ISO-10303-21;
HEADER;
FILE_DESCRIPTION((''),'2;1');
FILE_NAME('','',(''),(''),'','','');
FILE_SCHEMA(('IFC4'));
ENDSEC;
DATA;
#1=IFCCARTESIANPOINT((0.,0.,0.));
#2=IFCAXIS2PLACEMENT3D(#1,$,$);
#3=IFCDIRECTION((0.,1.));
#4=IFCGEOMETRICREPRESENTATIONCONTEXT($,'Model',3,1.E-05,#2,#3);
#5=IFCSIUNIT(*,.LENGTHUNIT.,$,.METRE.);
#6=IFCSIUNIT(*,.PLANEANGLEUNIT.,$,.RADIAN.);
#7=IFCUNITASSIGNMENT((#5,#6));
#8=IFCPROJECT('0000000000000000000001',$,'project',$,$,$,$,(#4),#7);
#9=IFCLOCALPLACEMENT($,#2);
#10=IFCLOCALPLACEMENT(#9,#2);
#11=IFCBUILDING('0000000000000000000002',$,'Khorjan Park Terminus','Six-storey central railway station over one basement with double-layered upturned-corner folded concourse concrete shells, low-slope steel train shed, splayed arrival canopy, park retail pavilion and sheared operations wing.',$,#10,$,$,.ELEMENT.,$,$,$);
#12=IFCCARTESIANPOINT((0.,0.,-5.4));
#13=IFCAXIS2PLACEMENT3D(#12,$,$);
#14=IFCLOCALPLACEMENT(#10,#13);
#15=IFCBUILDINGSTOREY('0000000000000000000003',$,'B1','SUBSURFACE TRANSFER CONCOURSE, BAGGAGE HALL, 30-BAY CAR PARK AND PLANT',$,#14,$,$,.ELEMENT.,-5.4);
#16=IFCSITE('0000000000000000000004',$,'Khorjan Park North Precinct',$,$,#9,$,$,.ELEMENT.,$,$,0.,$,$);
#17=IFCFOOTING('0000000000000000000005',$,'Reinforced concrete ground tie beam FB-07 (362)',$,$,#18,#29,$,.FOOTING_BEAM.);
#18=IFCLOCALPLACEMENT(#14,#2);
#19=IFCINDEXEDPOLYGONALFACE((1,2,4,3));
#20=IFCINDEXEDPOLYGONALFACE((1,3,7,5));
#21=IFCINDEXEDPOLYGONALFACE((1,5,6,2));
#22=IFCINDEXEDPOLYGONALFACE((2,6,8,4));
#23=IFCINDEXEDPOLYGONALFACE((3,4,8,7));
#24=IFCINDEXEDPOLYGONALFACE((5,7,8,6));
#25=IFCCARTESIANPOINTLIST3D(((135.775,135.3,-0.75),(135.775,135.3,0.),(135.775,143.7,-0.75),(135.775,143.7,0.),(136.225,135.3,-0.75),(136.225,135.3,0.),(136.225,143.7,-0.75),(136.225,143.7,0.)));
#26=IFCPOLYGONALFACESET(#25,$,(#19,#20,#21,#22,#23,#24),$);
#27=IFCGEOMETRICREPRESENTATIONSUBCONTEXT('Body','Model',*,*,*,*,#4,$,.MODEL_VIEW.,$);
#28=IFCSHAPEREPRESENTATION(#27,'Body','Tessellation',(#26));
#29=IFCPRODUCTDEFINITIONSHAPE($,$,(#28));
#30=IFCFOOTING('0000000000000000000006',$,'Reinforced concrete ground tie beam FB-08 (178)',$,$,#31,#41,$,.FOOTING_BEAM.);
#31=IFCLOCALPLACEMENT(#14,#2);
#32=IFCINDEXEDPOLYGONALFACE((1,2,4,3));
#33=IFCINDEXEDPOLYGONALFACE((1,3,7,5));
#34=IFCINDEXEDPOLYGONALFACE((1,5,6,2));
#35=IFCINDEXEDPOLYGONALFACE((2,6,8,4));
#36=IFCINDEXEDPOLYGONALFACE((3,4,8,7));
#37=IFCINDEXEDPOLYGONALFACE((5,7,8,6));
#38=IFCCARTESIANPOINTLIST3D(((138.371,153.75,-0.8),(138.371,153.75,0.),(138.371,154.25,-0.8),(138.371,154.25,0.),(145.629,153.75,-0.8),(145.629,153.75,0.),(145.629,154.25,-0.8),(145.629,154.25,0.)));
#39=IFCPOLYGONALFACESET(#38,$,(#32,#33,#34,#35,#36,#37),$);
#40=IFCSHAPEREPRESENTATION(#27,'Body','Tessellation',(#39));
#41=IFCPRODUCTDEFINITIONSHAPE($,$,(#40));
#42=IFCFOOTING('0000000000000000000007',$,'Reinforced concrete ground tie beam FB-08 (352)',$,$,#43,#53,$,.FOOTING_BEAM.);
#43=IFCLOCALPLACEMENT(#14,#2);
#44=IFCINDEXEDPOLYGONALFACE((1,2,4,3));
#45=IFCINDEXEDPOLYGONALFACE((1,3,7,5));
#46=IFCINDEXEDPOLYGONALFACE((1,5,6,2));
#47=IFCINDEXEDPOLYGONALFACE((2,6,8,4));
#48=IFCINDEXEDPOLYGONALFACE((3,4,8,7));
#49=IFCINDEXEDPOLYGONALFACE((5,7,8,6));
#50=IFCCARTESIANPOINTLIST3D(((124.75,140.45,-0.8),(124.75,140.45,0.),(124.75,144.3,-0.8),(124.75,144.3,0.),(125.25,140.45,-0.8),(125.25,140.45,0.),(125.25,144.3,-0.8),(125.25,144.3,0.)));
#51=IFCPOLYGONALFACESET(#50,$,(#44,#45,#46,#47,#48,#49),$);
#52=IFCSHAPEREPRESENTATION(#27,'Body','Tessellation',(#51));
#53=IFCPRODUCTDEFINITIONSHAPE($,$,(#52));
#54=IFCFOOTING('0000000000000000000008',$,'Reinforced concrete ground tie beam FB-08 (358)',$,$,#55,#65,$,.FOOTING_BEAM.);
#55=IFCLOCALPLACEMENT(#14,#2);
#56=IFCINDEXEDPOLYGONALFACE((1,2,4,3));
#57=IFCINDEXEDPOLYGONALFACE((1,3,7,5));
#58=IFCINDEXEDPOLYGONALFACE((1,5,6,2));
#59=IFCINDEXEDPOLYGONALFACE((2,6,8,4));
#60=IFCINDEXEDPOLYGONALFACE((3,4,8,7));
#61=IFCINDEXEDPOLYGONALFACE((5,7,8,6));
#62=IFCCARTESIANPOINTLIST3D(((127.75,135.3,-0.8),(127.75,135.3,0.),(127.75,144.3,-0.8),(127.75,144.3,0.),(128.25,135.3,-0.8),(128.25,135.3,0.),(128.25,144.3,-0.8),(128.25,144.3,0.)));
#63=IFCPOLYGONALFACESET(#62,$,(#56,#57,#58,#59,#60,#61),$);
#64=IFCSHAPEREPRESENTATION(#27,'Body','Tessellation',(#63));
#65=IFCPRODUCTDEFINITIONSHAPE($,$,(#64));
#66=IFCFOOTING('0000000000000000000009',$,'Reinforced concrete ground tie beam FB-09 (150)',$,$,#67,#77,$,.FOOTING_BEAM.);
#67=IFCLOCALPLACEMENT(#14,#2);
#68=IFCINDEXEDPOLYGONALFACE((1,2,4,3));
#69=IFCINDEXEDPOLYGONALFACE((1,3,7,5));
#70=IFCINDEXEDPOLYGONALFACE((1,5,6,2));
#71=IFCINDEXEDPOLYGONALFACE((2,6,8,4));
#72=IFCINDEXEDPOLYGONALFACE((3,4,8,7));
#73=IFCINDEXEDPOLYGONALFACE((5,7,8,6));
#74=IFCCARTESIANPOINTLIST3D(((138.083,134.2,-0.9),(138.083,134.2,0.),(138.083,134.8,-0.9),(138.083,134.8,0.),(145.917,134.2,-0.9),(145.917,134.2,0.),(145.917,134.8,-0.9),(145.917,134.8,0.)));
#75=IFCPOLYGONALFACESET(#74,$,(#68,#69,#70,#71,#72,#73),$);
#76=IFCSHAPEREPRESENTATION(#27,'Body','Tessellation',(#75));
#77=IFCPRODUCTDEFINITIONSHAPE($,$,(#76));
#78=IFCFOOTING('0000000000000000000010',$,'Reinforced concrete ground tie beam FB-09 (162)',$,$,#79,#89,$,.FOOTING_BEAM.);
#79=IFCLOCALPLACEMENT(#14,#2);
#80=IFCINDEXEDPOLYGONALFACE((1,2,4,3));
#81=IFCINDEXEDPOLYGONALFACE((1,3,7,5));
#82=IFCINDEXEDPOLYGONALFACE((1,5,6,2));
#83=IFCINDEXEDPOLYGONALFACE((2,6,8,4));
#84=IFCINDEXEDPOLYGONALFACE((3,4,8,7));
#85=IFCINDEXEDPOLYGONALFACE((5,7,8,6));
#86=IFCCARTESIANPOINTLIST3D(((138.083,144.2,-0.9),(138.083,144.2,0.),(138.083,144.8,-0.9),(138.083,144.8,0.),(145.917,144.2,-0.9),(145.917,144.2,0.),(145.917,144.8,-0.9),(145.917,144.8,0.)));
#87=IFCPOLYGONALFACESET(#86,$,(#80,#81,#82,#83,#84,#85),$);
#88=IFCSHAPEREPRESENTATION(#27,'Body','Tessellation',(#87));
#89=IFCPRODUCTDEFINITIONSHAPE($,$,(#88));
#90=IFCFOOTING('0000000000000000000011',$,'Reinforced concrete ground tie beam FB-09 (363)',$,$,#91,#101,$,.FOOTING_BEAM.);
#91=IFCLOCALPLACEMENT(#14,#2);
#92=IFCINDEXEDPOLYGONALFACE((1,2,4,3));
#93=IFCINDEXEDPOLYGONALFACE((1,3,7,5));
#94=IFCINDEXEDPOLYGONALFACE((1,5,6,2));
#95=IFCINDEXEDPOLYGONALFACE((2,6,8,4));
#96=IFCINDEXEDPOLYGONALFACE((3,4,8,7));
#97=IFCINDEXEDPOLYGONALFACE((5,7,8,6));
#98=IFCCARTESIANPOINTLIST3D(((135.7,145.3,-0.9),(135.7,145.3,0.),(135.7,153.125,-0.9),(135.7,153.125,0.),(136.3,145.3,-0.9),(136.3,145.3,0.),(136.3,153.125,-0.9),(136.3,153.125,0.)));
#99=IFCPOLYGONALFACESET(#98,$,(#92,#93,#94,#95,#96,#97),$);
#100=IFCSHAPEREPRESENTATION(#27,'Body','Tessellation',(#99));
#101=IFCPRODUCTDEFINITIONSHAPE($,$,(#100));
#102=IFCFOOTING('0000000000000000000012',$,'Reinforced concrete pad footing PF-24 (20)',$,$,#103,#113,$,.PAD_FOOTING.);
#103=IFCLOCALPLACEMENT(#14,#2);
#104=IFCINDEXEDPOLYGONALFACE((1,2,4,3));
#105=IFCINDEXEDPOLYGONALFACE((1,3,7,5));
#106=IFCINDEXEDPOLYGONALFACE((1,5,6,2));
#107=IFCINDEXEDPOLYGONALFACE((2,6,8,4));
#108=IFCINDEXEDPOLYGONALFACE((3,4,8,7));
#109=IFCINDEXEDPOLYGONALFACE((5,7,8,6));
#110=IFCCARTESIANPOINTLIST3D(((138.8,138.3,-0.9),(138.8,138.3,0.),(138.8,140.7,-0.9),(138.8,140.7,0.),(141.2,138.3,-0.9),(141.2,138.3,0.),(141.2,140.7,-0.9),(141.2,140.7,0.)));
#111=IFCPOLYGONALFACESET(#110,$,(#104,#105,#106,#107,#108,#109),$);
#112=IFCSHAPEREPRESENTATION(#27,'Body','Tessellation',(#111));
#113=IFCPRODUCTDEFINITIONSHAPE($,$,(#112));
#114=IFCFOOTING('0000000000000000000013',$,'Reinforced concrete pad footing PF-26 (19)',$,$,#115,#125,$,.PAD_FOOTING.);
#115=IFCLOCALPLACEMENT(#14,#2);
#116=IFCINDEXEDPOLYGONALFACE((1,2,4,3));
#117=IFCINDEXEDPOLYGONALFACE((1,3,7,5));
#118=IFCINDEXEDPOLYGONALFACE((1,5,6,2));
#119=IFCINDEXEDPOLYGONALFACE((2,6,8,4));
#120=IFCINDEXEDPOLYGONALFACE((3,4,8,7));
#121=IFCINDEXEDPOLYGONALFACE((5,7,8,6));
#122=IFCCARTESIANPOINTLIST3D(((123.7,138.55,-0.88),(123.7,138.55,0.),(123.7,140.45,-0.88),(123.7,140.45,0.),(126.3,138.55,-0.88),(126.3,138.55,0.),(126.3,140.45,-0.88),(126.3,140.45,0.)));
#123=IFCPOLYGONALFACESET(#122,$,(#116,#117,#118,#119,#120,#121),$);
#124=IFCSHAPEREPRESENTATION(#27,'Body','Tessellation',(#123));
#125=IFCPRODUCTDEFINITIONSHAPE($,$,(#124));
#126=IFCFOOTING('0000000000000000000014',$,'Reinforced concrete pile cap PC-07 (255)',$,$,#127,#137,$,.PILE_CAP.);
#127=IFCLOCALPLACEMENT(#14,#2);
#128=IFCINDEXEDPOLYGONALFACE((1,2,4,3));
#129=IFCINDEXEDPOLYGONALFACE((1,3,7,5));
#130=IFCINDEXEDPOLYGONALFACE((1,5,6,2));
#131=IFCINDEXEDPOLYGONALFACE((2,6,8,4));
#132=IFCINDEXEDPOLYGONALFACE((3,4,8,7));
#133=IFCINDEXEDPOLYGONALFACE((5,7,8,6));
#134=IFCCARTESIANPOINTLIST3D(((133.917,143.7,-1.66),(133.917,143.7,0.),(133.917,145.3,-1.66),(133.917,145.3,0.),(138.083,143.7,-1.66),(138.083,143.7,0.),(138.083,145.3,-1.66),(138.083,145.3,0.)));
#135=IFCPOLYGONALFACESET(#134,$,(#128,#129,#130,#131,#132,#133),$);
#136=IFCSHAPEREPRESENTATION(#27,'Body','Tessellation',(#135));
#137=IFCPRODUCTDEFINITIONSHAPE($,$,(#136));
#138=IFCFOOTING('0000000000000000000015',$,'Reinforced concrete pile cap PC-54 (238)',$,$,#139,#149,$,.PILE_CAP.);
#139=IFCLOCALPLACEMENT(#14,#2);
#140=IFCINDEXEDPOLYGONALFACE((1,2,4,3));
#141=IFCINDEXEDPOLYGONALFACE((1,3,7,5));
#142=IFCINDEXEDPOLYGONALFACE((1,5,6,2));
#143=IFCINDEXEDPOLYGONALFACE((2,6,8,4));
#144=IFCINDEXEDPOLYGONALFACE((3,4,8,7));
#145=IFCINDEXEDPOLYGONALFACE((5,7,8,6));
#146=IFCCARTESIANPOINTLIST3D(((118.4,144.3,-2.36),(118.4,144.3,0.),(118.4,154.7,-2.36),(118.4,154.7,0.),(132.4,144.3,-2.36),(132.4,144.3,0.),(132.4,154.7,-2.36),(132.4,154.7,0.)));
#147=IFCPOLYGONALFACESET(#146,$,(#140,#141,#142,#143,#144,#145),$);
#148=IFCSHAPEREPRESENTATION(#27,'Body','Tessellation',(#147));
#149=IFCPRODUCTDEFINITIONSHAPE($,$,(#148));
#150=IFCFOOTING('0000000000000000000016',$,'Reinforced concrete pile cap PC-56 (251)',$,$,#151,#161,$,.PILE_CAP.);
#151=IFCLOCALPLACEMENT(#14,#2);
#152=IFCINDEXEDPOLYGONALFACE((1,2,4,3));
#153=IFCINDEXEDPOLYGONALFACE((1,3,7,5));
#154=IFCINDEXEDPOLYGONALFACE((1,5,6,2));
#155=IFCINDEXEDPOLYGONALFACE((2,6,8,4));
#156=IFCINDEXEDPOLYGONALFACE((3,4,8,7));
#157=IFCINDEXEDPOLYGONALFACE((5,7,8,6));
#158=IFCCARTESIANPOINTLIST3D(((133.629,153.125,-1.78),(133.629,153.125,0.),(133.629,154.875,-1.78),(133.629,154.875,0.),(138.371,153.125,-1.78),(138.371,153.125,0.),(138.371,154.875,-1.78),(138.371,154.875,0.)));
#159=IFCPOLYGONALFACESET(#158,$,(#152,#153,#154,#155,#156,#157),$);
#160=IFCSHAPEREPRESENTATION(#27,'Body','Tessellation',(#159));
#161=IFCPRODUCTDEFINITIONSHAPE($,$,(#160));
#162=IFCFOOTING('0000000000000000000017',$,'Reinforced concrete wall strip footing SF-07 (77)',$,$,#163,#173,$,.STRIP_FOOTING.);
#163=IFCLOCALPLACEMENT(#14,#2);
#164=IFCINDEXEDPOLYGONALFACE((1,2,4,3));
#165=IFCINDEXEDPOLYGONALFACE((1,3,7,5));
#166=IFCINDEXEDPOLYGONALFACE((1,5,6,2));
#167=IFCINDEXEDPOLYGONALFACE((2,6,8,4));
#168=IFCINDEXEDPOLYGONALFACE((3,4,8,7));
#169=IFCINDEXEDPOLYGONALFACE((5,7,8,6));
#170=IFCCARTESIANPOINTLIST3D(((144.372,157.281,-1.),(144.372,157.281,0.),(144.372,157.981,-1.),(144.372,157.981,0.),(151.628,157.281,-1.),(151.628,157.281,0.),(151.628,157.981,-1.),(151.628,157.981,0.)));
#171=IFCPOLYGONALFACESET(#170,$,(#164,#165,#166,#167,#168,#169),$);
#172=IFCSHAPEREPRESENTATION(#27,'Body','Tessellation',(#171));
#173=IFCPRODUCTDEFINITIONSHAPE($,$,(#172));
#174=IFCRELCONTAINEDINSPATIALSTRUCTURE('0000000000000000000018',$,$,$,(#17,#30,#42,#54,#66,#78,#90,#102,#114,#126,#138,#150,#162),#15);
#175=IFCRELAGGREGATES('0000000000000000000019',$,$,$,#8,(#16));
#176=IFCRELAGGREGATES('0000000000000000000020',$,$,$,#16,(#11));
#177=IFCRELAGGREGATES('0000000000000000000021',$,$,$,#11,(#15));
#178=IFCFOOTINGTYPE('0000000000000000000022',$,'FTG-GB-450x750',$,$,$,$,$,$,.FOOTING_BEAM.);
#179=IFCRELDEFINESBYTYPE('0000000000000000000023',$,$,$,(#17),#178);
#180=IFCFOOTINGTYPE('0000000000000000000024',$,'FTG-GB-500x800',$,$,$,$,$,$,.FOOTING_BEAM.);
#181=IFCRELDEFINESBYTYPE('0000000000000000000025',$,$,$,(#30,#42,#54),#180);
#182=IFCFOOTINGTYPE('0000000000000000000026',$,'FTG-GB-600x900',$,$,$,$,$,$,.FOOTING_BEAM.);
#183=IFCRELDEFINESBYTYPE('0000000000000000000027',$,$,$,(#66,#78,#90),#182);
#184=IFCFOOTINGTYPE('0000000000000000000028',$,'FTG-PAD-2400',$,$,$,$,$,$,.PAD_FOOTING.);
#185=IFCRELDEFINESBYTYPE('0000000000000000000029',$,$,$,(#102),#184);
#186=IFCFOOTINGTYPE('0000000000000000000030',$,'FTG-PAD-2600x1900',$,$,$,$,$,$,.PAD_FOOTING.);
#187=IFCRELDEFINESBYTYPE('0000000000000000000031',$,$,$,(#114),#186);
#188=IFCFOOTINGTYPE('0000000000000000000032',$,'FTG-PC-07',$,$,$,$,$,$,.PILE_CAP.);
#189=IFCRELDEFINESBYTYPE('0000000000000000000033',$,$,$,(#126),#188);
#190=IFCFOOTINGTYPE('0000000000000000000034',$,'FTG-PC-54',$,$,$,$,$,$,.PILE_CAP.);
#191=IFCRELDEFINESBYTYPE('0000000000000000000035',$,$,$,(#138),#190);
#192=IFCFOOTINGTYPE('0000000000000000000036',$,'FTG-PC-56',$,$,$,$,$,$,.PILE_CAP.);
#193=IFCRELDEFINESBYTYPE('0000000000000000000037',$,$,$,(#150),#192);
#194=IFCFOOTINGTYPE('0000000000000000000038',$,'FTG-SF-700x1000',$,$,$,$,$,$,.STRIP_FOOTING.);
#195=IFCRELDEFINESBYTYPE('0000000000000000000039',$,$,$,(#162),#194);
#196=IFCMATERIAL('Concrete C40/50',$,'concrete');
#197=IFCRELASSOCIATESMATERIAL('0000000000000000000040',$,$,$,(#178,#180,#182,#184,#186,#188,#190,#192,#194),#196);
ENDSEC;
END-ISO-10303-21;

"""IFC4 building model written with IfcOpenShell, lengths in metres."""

from ifc_helpers import new_model, si_unit, direction, frame, origin, origin_2d, place, context, subcontext, project, spatial, rectangle, extrude, material, material_profile, profile_set, type_object, element, save


model = new_model("IFC4")

# Units and contexts
model_context = context("Model", 3, precision=1e-05, world=origin(), true_north=direction((0.0, 1.0)))
body_context = subcontext(model_context, "Body", "Model", "MODEL_VIEW")
ifc_project = project(units=[si_unit("LENGTHUNIT", "METRE"), si_unit("PLANEANGLEUNIT", "RADIAN")], contexts=[model_context])

# Site, building, storey
site_placement = place(None, origin())
site = spatial("IfcSite", under=ifc_project, at=site_placement, Name="Khorjan Park North Precinct", CompositionType="ELEMENT", RefElevation=0.0)
building_placement = place(site_placement, origin())
building = spatial("IfcBuilding", under=site, at=building_placement, Name="Khorjan Park Terminus", Description="Six-storey central railway station over one basement with double-layered upturned-corner folded concourse concrete shells, low-slope steel train shed, splayed arrival canopy, park retail pavilion and sheared operations wing.", CompositionType="ELEMENT")
storey_placement = place(building_placement, frame((0.0, 0.0, -5.4)))
storey = spatial("IfcBuildingStorey", under=building, at=storey_placement, Name="B1", Description="SUBSURFACE TRANSFER CONCOURSE, BAGGAGE HALL, 30-BAY CAR PARK AND PLANT", CompositionType="ELEMENT", Elevation=-5.4)

# Footings
ifc_material_1 = material(Name="Concrete C40/50", Category="concrete")
ifc_material_profile_1 = material_profile(ifc_material_1, rectangle(XDim=0.45, YDim=0.75, at=origin_2d()), Name="RC 450x750")
ifc_profile_set_1 = profile_set([ifc_material_profile_1], Name="Concrete C40/50")
footing_type_1 = type_object("IfcFootingType", Name="FTG-GB-450x750", PredefinedType="FOOTING_BEAM", material=ifc_profile_set_1)
footing_1_placement = place(storey_placement, frame((136.0, 135.3, -0.375), z_axis=(0.0, 1.0, 0.0), x_axis=(-1.0, 0.0, 0.0)))
element("IfcFooting", 1, at=footing_1_placement, inside=storey, type_object=footing_type_1, Name="Reinforced concrete ground tie beam FB-07 (362)", PredefinedType="FOOTING_BEAM", context=body_context, shape_type="SweptSolid", body=[
    extrude(rectangle(XDim=0.45, YDim=0.75, at=origin_2d()), origin(), (0.0, 0.0, 1.0), 8.4),
])
ifc_material_profile_2 = material_profile(ifc_material_1, rectangle(XDim=0.5, YDim=0.8, at=origin_2d()), Name="RC 500x800")
ifc_profile_set_2 = profile_set([ifc_material_profile_2], Name="Concrete C40/50")
footing_type_2 = type_object("IfcFootingType", Name="FTG-GB-500x800", PredefinedType="FOOTING_BEAM", material=ifc_profile_set_2)
footing_2_placement = place(storey_placement, frame((138.371, 154.0, -0.4), z_axis=(1.0, 0.0, 0.0), x_axis=(0.0, 1.0, 0.0)))
element("IfcFooting", 2, at=footing_2_placement, inside=storey, type_object=footing_type_2, Name="Reinforced concrete ground tie beam FB-08 (178)", PredefinedType="FOOTING_BEAM", context=body_context, shape_type="SweptSolid", body=[
    extrude(rectangle(XDim=0.5, YDim=0.8, at=origin_2d()), origin(), (0.0, 0.0, 1.0), 7.258),
])
footing_3_placement = place(storey_placement, frame((125.0, 140.45, -0.4), z_axis=(0.0, 1.0, 0.0), x_axis=(-1.0, 0.0, 0.0)))
element("IfcFooting", 3, at=footing_3_placement, inside=storey, type_object=footing_type_2, Name="Reinforced concrete ground tie beam FB-08 (352)", PredefinedType="FOOTING_BEAM", context=body_context, shape_type="SweptSolid", body=[
    extrude(rectangle(XDim=0.5, YDim=0.8, at=origin_2d()), origin(), (0.0, 0.0, 1.0), 3.85),
])
footing_4_placement = place(storey_placement, frame((128.0, 135.3, -0.4), z_axis=(0.0, 1.0, 0.0), x_axis=(-1.0, 0.0, 0.0)))
element("IfcFooting", 4, at=footing_4_placement, inside=storey, type_object=footing_type_2, Name="Reinforced concrete ground tie beam FB-08 (358)", PredefinedType="FOOTING_BEAM", context=body_context, shape_type="SweptSolid", body=[
    extrude(rectangle(XDim=0.5, YDim=0.8, at=origin_2d()), origin(), (0.0, 0.0, 1.0), 9.0),
])
ifc_material_profile_3 = material_profile(ifc_material_1, rectangle(XDim=0.6, YDim=0.9, at=origin_2d()), Name="RC 600x900")
ifc_profile_set_3 = profile_set([ifc_material_profile_3], Name="Concrete C40/50")
footing_type_3 = type_object("IfcFootingType", Name="FTG-GB-600x900", PredefinedType="FOOTING_BEAM", material=ifc_profile_set_3)
for number, where, z_axis, x_axis, name in (
    (5, (138.083, 134.5, -0.45), (1.0, 0.0, 0.0), (0.0, 1.0, 0.0), "Reinforced concrete ground tie beam FB-09 (150)"),
    (6, (138.083, 144.5, -0.45), (1.0, 0.0, 0.0), (0.0, 1.0, 0.0), "Reinforced concrete ground tie beam FB-09 (162)"),
):
    element("IfcFooting", number, at=place(storey_placement, frame(where, z_axis=z_axis, x_axis=x_axis)), inside=storey, type_object=footing_type_3, Name=name, PredefinedType="FOOTING_BEAM", context=body_context, shape_type="SweptSolid", body=[
        extrude(rectangle(XDim=0.6, YDim=0.9, at=origin_2d()), origin(), (0.0, 0.0, 1.0), 7.834),
    ])
footing_5_placement = place(storey_placement, frame((136.0, 145.3, -0.45), z_axis=(0.0, 1.0, 0.0), x_axis=(-1.0, 0.0, 0.0)))
element("IfcFooting", 7, at=footing_5_placement, inside=storey, type_object=footing_type_3, Name="Reinforced concrete ground tie beam FB-09 (363)", PredefinedType="FOOTING_BEAM", context=body_context, shape_type="SweptSolid", body=[
    extrude(rectangle(XDim=0.6, YDim=0.9, at=origin_2d()), origin(), (0.0, 0.0, 1.0), 7.825),
])
footing_type_4 = type_object("IfcFootingType", Name="FTG-PAD-2400", PredefinedType="PAD_FOOTING", material=ifc_material_1)
footing_6_placement = place(storey_placement, frame((140.0, 139.5, -0.9), z_axis=(0.0, 0.0, 1.0), x_axis=(1.0, 0.0, 0.0)))
element("IfcFooting", 8, at=footing_6_placement, inside=storey, type_object=footing_type_4, Name="Reinforced concrete pad footing PF-24 (20)", PredefinedType="PAD_FOOTING", context=body_context, shape_type="SweptSolid", body=[
    extrude(rectangle(XDim=2.4, YDim=2.4, at=origin_2d()), origin(), (0.0, 0.0, 1.0), 0.9),
])
footing_type_5 = type_object("IfcFootingType", Name="FTG-PAD-2600x1900", PredefinedType="PAD_FOOTING", material=ifc_material_1)
footing_7_placement = place(storey_placement, frame((125.0, 139.5, -0.88), z_axis=(0.0, 0.0, 1.0), x_axis=(1.0, 0.0, 0.0)))
element("IfcFooting", 9, at=footing_7_placement, inside=storey, type_object=footing_type_5, Name="Reinforced concrete pad footing PF-26 (19)", PredefinedType="PAD_FOOTING", context=body_context, shape_type="SweptSolid", body=[
    extrude(rectangle(XDim=2.6, YDim=1.9, at=origin_2d()), origin(), (0.0, 0.0, 1.0), 0.88),
])
footing_type_6 = type_object("IfcFootingType", Name="FTG-PC-07", PredefinedType="PILE_CAP", material=ifc_material_1)
footing_8_placement = place(storey_placement, frame((136.0, 144.5, -1.66), z_axis=(0.0, 0.0, 1.0), x_axis=(1.0, 0.0, 0.0)))
element("IfcFooting", 10, at=footing_8_placement, inside=storey, type_object=footing_type_6, Name="Reinforced concrete pile cap PC-07 (255)", PredefinedType="PILE_CAP", context=body_context, shape_type="SweptSolid", body=[
    extrude(rectangle(XDim=4.166, YDim=1.6, at=origin_2d()), origin(), (0.0, 0.0, 1.0), 1.66),
])
footing_type_7 = type_object("IfcFootingType", Name="FTG-PC-54", PredefinedType="PILE_CAP", material=ifc_material_1)
footing_9_placement = place(storey_placement, frame((125.4, 149.5, -2.36), z_axis=(0.0, 0.0, 1.0), x_axis=(1.0, 0.0, 0.0)))
element("IfcFooting", 11, at=footing_9_placement, inside=storey, type_object=footing_type_7, Name="Reinforced concrete pile cap PC-54 (238)", PredefinedType="PILE_CAP", context=body_context, shape_type="SweptSolid", body=[
    extrude(rectangle(XDim=14.0, YDim=10.4, at=origin_2d()), origin(), (0.0, 0.0, 1.0), 2.36),
])
footing_type_8 = type_object("IfcFootingType", Name="FTG-PC-56", PredefinedType="PILE_CAP", material=ifc_material_1)
footing_10_placement = place(storey_placement, frame((136.0, 154.0, -1.78), z_axis=(0.0, 0.0, 1.0), x_axis=(1.0, 0.0, 0.0)))
element("IfcFooting", 12, at=footing_10_placement, inside=storey, type_object=footing_type_8, Name="Reinforced concrete pile cap PC-56 (251)", PredefinedType="PILE_CAP", context=body_context, shape_type="SweptSolid", body=[
    extrude(rectangle(XDim=4.742, YDim=1.75, at=origin_2d()), origin(), (0.0, 0.0, 1.0), 1.78),
])
ifc_material_profile_4 = material_profile(ifc_material_1, rectangle(XDim=0.7, YDim=1.0, at=origin_2d()), Name="RC 700x1000")
ifc_profile_set_4 = profile_set([ifc_material_profile_4], Name="Concrete C40/50")
footing_type_9 = type_object("IfcFootingType", Name="FTG-SF-700x1000", PredefinedType="STRIP_FOOTING", material=ifc_profile_set_4)
footing_11_placement = place(storey_placement, frame((144.372, 157.631, -0.5), z_axis=(1.0, 0.0, 0.0), x_axis=(0.0, 1.0, 0.0)))
element("IfcFooting", 13, at=footing_11_placement, inside=storey, type_object=footing_type_9, Name="Reinforced concrete wall strip footing SF-07 (77)", PredefinedType="STRIP_FOOTING", context=body_context, shape_type="SweptSolid", body=[
    extrude(rectangle(XDim=0.7, YDim=1.0, at=origin_2d()), origin(), (0.0, 0.0, 1.0), 7.256),
])

save(model, "model.ifc")
